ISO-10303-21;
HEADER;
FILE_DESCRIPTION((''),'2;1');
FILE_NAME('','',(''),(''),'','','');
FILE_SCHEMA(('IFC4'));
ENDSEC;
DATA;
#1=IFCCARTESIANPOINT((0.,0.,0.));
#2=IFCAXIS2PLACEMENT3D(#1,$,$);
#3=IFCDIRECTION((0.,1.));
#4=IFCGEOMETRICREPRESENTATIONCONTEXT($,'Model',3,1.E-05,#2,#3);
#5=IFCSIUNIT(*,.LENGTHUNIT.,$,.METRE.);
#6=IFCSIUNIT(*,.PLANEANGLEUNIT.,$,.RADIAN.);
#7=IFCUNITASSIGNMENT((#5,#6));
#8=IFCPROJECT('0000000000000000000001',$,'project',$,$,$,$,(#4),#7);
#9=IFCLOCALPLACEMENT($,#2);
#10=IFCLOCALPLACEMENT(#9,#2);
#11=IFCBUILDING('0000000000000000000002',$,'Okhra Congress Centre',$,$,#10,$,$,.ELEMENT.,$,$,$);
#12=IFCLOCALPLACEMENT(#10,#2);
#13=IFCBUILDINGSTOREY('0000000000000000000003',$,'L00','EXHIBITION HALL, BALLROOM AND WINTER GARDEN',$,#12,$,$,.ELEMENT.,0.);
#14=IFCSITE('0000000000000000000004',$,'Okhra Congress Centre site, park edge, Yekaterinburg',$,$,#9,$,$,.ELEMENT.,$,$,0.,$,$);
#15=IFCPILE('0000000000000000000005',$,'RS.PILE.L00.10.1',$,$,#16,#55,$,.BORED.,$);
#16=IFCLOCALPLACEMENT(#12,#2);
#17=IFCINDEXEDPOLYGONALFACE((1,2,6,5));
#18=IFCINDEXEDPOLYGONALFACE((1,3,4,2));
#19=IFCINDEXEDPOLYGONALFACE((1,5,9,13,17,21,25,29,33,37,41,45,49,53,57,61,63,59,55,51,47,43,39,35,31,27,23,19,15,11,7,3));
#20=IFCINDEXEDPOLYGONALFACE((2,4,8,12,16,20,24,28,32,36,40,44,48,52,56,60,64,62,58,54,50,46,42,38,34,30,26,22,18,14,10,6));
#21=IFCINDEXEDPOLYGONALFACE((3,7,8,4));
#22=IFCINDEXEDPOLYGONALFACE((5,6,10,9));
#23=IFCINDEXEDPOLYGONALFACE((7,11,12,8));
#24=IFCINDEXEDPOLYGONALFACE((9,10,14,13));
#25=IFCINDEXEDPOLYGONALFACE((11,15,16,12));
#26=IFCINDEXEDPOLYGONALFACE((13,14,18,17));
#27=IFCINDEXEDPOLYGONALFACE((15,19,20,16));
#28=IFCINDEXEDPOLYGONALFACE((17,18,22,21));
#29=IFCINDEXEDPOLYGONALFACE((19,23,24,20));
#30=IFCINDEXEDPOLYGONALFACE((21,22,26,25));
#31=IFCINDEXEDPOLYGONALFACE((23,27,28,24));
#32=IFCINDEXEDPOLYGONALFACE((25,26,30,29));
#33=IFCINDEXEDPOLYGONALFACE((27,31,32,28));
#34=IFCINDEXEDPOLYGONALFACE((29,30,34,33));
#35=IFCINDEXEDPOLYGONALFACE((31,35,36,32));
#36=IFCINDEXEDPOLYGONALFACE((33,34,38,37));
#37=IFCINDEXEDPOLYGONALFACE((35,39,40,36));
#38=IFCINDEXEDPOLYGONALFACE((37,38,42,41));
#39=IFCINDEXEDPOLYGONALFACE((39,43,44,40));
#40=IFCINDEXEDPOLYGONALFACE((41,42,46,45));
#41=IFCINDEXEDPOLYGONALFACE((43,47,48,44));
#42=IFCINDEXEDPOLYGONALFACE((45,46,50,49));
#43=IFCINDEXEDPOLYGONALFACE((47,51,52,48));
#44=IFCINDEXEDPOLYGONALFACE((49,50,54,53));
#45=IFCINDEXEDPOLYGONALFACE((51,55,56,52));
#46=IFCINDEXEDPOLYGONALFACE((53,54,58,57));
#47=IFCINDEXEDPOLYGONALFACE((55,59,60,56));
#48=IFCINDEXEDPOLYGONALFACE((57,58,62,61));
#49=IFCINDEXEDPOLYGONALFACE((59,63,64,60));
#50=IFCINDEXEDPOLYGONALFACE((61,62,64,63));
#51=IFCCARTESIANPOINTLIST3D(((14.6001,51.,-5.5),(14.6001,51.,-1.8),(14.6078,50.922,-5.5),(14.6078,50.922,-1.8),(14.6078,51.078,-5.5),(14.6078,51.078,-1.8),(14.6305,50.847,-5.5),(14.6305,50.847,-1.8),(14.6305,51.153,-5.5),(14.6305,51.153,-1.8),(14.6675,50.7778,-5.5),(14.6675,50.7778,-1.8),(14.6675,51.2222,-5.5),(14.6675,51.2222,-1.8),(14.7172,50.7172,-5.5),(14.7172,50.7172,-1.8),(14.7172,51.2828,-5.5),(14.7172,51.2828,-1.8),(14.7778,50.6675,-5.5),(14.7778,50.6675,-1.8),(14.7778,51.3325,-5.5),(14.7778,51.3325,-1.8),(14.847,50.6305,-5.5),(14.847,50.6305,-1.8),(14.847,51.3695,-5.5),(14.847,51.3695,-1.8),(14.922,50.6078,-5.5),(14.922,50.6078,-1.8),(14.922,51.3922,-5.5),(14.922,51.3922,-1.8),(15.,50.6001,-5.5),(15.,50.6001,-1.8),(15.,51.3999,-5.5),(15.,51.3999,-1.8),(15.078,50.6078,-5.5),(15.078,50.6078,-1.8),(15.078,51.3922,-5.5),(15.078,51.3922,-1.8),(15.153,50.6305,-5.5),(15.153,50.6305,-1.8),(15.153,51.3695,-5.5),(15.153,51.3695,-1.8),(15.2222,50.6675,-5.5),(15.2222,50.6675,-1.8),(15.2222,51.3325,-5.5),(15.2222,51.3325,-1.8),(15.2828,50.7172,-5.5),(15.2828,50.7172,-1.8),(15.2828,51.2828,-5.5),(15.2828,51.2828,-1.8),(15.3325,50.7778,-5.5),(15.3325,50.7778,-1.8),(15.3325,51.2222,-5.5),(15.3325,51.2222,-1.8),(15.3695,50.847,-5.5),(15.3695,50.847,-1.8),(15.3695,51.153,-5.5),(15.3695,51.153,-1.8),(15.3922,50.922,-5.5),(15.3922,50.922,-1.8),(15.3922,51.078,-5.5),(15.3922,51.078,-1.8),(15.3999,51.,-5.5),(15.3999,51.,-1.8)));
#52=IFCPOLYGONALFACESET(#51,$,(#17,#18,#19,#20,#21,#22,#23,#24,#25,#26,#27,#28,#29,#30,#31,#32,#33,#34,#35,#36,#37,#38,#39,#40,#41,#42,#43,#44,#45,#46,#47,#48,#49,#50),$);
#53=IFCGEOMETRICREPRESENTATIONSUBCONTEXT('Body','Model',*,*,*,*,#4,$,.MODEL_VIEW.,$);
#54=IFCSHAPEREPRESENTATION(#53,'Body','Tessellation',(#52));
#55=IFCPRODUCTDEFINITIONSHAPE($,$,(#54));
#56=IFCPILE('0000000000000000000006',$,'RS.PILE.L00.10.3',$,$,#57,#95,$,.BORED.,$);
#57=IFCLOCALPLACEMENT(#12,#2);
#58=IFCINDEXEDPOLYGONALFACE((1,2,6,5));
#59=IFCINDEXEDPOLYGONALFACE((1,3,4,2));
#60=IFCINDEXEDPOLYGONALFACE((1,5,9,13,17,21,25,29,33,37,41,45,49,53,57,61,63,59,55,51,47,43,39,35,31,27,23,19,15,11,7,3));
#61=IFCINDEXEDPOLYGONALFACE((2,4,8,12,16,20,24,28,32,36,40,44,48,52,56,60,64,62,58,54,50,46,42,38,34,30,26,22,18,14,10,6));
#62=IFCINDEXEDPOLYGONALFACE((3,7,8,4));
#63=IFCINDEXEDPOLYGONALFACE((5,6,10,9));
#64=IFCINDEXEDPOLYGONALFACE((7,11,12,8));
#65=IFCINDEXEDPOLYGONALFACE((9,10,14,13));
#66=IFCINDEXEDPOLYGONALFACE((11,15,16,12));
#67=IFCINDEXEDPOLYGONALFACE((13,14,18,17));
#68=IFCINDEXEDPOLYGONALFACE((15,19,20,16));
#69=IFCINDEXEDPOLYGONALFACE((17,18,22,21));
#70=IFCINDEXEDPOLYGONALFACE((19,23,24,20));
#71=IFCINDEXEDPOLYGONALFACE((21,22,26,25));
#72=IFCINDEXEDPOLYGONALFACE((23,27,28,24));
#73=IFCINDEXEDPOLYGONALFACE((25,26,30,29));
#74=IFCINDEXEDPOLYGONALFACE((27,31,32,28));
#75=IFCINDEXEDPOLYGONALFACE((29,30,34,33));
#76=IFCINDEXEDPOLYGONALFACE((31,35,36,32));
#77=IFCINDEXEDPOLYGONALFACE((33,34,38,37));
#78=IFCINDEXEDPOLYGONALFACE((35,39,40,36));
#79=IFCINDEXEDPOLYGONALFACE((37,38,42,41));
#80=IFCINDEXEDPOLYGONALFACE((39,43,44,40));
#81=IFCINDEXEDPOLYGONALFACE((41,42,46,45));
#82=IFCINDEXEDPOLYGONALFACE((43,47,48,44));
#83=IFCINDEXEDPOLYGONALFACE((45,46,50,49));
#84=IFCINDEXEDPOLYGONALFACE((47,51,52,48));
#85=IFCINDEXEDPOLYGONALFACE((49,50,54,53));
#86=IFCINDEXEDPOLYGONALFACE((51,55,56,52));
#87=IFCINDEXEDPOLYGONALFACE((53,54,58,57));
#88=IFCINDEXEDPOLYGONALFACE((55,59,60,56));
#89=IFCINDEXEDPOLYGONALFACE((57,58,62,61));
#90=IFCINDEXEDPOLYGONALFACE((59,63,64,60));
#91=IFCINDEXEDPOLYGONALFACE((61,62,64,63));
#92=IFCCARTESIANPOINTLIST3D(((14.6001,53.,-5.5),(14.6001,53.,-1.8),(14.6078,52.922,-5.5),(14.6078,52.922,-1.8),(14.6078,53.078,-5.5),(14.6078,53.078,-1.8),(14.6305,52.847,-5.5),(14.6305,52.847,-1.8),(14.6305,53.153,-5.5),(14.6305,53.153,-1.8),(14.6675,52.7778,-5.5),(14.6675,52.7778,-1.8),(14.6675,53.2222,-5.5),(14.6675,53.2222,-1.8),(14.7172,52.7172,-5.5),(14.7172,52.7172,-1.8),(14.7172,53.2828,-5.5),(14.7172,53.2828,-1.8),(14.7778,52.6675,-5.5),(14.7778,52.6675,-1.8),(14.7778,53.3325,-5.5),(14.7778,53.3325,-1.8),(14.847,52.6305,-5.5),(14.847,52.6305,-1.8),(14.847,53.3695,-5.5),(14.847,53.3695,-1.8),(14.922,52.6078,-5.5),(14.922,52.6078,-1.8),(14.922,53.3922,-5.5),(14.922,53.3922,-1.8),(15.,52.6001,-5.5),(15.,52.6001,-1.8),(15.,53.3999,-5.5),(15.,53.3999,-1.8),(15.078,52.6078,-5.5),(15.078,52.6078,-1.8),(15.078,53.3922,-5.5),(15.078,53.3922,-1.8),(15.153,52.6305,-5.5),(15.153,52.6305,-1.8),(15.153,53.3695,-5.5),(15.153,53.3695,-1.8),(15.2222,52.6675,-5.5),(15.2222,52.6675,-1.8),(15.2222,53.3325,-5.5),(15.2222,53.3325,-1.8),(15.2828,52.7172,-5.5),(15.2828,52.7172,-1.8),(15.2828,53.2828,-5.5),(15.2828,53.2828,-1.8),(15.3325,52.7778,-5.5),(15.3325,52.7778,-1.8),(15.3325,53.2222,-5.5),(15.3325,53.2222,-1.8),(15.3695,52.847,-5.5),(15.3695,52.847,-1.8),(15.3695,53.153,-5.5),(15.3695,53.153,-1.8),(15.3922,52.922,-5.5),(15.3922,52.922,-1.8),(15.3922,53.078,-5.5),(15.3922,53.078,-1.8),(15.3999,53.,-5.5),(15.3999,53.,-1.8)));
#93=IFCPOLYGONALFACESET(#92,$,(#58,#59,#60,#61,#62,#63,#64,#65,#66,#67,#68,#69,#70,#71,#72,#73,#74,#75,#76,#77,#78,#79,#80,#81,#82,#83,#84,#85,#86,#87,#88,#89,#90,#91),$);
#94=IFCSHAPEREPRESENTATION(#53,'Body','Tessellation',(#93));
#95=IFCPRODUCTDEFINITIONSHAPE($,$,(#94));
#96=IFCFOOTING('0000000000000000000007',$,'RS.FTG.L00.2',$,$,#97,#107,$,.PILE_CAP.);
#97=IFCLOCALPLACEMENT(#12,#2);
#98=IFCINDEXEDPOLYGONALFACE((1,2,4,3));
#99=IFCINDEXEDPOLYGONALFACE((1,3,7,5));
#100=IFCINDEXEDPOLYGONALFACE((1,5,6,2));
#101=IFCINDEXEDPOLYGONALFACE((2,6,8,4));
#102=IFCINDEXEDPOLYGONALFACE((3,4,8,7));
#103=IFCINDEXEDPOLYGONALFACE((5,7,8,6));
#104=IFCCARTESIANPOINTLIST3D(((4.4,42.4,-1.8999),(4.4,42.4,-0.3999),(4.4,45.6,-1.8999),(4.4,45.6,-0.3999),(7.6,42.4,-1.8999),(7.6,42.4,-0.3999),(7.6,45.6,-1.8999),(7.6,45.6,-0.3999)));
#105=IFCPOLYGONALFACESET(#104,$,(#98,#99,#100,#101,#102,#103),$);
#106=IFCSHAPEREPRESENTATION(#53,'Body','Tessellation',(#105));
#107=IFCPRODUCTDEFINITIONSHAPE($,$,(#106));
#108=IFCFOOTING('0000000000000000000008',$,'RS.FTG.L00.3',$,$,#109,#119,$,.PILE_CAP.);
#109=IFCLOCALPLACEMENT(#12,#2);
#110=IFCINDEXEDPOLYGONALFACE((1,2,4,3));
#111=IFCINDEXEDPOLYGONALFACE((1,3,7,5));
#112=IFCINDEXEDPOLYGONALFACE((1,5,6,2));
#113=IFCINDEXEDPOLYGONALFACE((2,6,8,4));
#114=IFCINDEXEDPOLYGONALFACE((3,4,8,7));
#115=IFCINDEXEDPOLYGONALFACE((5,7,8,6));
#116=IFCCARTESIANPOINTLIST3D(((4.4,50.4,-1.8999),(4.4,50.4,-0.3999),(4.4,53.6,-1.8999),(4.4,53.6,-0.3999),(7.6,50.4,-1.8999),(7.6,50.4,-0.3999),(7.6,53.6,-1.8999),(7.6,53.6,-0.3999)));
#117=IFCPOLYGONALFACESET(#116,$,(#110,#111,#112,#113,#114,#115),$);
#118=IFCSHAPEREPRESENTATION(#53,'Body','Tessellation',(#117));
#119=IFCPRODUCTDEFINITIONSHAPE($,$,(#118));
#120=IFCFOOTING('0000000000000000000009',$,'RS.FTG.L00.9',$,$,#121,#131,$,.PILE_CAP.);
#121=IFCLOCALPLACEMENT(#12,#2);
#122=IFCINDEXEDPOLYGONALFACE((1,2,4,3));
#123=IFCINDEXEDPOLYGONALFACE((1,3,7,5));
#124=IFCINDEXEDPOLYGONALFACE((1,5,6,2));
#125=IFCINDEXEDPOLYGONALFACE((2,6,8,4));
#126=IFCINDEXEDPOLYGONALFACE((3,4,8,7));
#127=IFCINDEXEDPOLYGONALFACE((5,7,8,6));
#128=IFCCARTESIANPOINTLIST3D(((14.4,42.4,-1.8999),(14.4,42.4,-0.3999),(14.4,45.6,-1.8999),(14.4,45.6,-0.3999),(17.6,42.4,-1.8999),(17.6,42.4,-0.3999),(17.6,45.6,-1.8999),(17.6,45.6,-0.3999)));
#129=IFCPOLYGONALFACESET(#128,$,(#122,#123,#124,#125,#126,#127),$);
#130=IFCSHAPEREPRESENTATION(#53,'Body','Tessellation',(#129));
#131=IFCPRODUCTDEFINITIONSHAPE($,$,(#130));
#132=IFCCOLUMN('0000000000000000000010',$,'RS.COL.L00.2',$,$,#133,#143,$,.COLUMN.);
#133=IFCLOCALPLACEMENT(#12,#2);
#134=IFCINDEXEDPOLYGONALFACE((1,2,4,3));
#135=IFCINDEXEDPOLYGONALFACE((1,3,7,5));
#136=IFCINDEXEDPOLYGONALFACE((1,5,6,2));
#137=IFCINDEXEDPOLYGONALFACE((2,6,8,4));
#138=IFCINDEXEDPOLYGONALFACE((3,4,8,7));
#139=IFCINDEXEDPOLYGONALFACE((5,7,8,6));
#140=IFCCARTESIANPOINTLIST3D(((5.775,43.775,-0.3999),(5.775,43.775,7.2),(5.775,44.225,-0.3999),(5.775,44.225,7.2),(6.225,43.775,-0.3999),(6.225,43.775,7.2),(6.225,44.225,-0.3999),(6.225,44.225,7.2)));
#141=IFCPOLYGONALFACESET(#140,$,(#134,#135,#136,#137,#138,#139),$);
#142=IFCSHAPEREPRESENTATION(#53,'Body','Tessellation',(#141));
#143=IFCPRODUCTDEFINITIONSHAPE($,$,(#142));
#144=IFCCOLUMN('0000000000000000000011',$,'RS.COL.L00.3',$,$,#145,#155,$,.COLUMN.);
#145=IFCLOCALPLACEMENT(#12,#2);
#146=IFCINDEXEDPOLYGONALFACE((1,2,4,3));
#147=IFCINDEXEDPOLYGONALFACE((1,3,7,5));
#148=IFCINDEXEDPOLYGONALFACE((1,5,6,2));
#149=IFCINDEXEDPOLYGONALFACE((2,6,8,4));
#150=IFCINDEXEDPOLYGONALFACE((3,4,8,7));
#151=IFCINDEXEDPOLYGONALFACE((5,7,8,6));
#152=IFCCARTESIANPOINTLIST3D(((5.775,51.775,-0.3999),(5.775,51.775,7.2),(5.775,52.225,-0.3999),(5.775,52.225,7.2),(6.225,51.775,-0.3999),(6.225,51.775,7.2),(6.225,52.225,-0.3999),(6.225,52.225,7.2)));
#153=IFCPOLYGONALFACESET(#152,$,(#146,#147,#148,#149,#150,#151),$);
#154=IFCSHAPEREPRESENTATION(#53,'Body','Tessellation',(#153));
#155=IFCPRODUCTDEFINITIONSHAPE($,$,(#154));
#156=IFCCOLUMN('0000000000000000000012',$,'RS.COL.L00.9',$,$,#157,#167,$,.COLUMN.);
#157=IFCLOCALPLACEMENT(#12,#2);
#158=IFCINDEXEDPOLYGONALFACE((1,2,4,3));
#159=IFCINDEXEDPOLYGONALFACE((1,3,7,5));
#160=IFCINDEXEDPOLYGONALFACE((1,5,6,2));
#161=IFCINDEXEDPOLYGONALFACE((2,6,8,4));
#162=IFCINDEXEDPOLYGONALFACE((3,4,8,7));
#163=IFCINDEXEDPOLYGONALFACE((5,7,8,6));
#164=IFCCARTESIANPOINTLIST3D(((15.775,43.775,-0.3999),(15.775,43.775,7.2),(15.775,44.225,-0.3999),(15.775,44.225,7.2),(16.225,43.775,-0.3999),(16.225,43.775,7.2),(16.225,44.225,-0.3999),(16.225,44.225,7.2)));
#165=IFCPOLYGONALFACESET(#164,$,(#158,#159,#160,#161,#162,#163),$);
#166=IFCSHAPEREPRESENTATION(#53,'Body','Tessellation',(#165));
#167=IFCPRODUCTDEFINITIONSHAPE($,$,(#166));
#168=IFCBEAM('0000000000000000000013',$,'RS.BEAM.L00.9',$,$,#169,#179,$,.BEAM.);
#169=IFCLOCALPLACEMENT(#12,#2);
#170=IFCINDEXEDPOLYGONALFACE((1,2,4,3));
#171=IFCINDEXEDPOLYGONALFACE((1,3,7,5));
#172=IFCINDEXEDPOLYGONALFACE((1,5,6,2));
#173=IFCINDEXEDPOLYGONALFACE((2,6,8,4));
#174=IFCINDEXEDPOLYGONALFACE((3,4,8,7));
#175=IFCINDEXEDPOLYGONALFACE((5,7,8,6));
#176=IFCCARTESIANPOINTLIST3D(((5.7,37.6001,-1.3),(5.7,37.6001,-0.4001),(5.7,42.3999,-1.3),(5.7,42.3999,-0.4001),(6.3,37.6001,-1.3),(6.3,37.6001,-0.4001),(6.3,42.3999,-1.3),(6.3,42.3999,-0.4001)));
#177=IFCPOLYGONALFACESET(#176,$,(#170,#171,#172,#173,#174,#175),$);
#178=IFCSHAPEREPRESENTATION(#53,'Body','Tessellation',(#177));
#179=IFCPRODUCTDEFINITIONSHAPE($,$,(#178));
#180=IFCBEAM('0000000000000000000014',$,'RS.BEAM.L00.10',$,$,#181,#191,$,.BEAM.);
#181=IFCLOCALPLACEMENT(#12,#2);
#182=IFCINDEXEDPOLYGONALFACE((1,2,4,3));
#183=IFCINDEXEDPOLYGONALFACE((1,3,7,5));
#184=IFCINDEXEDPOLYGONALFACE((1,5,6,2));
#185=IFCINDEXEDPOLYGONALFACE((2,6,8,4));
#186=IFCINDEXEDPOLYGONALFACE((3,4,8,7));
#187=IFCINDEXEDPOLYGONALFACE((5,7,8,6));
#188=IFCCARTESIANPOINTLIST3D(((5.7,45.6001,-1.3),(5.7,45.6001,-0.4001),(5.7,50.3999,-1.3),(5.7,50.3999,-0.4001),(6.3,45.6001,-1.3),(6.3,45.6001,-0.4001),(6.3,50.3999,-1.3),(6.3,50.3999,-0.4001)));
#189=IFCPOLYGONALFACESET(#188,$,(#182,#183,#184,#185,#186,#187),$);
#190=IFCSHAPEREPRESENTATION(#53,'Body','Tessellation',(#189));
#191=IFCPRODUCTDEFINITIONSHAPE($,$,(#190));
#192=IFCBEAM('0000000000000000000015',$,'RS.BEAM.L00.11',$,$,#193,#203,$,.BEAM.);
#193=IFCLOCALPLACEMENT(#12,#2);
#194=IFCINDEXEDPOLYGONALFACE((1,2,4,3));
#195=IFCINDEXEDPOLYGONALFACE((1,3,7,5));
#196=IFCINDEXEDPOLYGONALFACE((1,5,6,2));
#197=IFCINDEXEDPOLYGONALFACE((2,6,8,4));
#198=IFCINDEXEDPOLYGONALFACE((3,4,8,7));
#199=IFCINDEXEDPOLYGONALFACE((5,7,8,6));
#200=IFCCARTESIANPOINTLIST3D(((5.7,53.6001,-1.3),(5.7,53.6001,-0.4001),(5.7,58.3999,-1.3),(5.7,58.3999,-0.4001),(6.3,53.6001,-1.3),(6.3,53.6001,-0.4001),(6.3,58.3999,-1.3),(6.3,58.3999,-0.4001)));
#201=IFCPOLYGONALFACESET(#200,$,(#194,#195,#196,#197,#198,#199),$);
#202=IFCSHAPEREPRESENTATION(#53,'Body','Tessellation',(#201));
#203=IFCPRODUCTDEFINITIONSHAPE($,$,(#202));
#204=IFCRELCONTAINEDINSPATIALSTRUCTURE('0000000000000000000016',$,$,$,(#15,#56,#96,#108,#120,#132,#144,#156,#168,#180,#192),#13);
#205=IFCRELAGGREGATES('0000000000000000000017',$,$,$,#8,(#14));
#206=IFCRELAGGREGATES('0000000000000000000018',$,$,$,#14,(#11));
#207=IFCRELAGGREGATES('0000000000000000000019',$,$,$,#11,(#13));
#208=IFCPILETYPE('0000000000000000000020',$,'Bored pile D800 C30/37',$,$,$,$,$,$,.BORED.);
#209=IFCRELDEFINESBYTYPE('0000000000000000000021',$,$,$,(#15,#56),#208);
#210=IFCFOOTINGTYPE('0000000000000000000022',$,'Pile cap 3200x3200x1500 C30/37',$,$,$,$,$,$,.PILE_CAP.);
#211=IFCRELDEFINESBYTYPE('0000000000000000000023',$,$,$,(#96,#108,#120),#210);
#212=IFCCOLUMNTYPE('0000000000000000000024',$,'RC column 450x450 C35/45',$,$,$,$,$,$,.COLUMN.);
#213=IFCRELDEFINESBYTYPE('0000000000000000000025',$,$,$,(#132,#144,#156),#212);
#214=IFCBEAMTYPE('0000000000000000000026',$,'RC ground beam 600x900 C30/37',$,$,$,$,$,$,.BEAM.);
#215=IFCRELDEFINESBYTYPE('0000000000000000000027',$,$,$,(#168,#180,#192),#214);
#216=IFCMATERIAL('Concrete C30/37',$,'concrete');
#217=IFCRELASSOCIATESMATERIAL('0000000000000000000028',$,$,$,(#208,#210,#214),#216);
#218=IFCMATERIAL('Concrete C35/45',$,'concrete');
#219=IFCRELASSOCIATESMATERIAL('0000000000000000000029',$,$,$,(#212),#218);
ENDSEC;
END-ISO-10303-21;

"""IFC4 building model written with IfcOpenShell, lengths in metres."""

from ifc_helpers import new_model, si_unit, direction, frame, origin, origin_2d, place, context, subcontext, project, spatial, rectangle, circle, extrude, material, material_profile, profile_set, type_object, element, save


model = new_model("IFC4")

# Units and contexts
model_context = context("Model", 3, precision=1e-05, world=origin(), true_north=direction((0.0, 1.0)))
body_context = subcontext(model_context, "Body", "Model", "MODEL_VIEW")
ifc_project = project(units=[si_unit("LENGTHUNIT", "METRE"), si_unit("PLANEANGLEUNIT", "RADIAN")], contexts=[model_context])

# Site, building, storey
site_placement = place(None, origin())
site = spatial("IfcSite", under=ifc_project, at=site_placement, Name="Okhra Congress Centre site, park edge, Yekaterinburg", CompositionType="ELEMENT", RefElevation=0.0)
building_placement = place(site_placement, origin())
building = spatial("IfcBuilding", under=site, at=building_placement, Name="Okhra Congress Centre", CompositionType="ELEMENT")
storey_placement = place(building_placement, origin())
storey = spatial("IfcBuildingStorey", under=building, at=storey_placement, Name="L00", Description="EXHIBITION HALL, BALLROOM AND WINTER GARDEN", CompositionType="ELEMENT", Elevation=0.0)

# Piles
ifc_material_1 = material(Name="Concrete C30/37", Category="concrete")
ifc_material_profile_1 = material_profile(ifc_material_1, circle(Radius=0.3999, at=origin_2d()), Name="D800")
ifc_profile_set_1 = profile_set([ifc_material_profile_1], Name="Concrete C30/37")
pile_type = type_object("IfcPileType", Name="Bored pile D800 C30/37", PredefinedType="BORED", material=ifc_profile_set_1)
for number, where, z_axis, x_axis, name in (
    (1, (15.0, 51.0, -1.8), (0.0, 0.0, -1.0), (1.0, 0.0, 0.0), "RS.PILE.L00.10.1"),
    (2, (15.0, 53.0, -1.8), (0.0, 0.0, -1.0), (1.0, 0.0, 0.0), "RS.PILE.L00.10.3"),
):
    element("IfcPile", number, at=place(storey_placement, frame(where, z_axis=z_axis, x_axis=x_axis)), inside=storey, type_object=pile_type, Name=name, PredefinedType="BORED", context=body_context, shape_type="SweptSolid", body=[
        extrude(circle(Radius=0.3999, at=origin_2d()), origin(), (0.0, 0.0, 1.0), 3.7),
    ])

# Footings
footing_type = type_object("IfcFootingType", Name="Pile cap 3200x3200x1500 C30/37", PredefinedType="PILE_CAP", material=ifc_material_1)
for number, where, z_axis, x_axis, name in (
    (3, (6.0, 44.0, -1.8999), (0.0, 0.0, 1.0), (1.0, 0.0, 0.0), "RS.FTG.L00.2"),
    (4, (6.0, 52.0, -1.8999), (0.0, 0.0, 1.0), (1.0, 0.0, 0.0), "RS.FTG.L00.3"),
    (5, (16.0, 44.0, -1.8999), (0.0, 0.0, 1.0), (1.0, 0.0, 0.0), "RS.FTG.L00.9"),
):
    element("IfcFooting", number, at=place(storey_placement, frame(where, z_axis=z_axis, x_axis=x_axis)), inside=storey, type_object=footing_type, Name=name, PredefinedType="PILE_CAP", context=body_context, shape_type="SweptSolid", body=[
        extrude(rectangle(XDim=3.2, YDim=3.2, at=origin_2d()), origin(), (0.0, 0.0, 1.0), 1.5),
    ])

# Columns
ifc_material_2 = material(Name="Concrete C35/45", Category="concrete")
ifc_material_profile_2 = material_profile(ifc_material_2, rectangle(XDim=0.45, YDim=0.45, at=origin_2d()), Name="RC 450x450")
ifc_profile_set_2 = profile_set([ifc_material_profile_2], Name="Concrete C35/45")
column_type = type_object("IfcColumnType", Name="RC column 450x450 C35/45", PredefinedType="COLUMN", material=ifc_profile_set_2)
for number, where, z_axis, x_axis, name in (
    (6, (6.0, 44.0, -0.3999), (0.0, 0.0, 1.0), (1.0, 0.0, 0.0), "RS.COL.L00.2"),
    (7, (6.0, 52.0, -0.3999), (0.0, 0.0, 1.0), (1.0, 0.0, 0.0), "RS.COL.L00.3"),
    (8, (16.0, 44.0, -0.3999), (0.0, 0.0, 1.0), (1.0, 0.0, 0.0), "RS.COL.L00.9"),
):
    element("IfcColumn", number, at=place(storey_placement, frame(where, z_axis=z_axis, x_axis=x_axis)), inside=storey, type_object=column_type, Name=name, PredefinedType="COLUMN", context=body_context, shape_type="SweptSolid", body=[
        extrude(rectangle(XDim=0.45, YDim=0.45, at=origin_2d()), origin(), (0.0, 0.0, 1.0), 7.5999),
    ])

# Beams
ifc_material_profile_3 = material_profile(ifc_material_1, rectangle(XDim=0.6001, YDim=0.8999, at=origin_2d()), Name="RC 600x900")
ifc_profile_set_3 = profile_set([ifc_material_profile_3], Name="Concrete C30/37")
beam_type = type_object("IfcBeamType", Name="RC ground beam 600x900 C30/37", PredefinedType="BEAM", material=ifc_profile_set_3)
for number, where, z_axis, x_axis, name in (
    (9, (6.0, 37.6001, -0.8501), (0.0, 1.0, 0.0), (-1.0, 0.0, 0.0), "RS.BEAM.L00.9"),
    (10, (6.0, 45.6001, -0.8501), (0.0, 1.0, 0.0), (-1.0, 0.0, 0.0), "RS.BEAM.L00.10"),
    (11, (6.0, 53.6001, -0.8501), (0.0, 1.0, 0.0), (-1.0, 0.0, 0.0), "RS.BEAM.L00.11"),
):
    element("IfcBeam", number, at=place(storey_placement, frame(where, z_axis=z_axis, x_axis=x_axis)), inside=storey, type_object=beam_type, Name=name, PredefinedType="BEAM", context=body_context, shape_type="SweptSolid", body=[
        extrude(rectangle(XDim=0.6001, YDim=0.8999, at=origin_2d()), origin(), (0.0, 0.0, 1.0), 4.7998),
    ])

save(model, "model.ifc")
